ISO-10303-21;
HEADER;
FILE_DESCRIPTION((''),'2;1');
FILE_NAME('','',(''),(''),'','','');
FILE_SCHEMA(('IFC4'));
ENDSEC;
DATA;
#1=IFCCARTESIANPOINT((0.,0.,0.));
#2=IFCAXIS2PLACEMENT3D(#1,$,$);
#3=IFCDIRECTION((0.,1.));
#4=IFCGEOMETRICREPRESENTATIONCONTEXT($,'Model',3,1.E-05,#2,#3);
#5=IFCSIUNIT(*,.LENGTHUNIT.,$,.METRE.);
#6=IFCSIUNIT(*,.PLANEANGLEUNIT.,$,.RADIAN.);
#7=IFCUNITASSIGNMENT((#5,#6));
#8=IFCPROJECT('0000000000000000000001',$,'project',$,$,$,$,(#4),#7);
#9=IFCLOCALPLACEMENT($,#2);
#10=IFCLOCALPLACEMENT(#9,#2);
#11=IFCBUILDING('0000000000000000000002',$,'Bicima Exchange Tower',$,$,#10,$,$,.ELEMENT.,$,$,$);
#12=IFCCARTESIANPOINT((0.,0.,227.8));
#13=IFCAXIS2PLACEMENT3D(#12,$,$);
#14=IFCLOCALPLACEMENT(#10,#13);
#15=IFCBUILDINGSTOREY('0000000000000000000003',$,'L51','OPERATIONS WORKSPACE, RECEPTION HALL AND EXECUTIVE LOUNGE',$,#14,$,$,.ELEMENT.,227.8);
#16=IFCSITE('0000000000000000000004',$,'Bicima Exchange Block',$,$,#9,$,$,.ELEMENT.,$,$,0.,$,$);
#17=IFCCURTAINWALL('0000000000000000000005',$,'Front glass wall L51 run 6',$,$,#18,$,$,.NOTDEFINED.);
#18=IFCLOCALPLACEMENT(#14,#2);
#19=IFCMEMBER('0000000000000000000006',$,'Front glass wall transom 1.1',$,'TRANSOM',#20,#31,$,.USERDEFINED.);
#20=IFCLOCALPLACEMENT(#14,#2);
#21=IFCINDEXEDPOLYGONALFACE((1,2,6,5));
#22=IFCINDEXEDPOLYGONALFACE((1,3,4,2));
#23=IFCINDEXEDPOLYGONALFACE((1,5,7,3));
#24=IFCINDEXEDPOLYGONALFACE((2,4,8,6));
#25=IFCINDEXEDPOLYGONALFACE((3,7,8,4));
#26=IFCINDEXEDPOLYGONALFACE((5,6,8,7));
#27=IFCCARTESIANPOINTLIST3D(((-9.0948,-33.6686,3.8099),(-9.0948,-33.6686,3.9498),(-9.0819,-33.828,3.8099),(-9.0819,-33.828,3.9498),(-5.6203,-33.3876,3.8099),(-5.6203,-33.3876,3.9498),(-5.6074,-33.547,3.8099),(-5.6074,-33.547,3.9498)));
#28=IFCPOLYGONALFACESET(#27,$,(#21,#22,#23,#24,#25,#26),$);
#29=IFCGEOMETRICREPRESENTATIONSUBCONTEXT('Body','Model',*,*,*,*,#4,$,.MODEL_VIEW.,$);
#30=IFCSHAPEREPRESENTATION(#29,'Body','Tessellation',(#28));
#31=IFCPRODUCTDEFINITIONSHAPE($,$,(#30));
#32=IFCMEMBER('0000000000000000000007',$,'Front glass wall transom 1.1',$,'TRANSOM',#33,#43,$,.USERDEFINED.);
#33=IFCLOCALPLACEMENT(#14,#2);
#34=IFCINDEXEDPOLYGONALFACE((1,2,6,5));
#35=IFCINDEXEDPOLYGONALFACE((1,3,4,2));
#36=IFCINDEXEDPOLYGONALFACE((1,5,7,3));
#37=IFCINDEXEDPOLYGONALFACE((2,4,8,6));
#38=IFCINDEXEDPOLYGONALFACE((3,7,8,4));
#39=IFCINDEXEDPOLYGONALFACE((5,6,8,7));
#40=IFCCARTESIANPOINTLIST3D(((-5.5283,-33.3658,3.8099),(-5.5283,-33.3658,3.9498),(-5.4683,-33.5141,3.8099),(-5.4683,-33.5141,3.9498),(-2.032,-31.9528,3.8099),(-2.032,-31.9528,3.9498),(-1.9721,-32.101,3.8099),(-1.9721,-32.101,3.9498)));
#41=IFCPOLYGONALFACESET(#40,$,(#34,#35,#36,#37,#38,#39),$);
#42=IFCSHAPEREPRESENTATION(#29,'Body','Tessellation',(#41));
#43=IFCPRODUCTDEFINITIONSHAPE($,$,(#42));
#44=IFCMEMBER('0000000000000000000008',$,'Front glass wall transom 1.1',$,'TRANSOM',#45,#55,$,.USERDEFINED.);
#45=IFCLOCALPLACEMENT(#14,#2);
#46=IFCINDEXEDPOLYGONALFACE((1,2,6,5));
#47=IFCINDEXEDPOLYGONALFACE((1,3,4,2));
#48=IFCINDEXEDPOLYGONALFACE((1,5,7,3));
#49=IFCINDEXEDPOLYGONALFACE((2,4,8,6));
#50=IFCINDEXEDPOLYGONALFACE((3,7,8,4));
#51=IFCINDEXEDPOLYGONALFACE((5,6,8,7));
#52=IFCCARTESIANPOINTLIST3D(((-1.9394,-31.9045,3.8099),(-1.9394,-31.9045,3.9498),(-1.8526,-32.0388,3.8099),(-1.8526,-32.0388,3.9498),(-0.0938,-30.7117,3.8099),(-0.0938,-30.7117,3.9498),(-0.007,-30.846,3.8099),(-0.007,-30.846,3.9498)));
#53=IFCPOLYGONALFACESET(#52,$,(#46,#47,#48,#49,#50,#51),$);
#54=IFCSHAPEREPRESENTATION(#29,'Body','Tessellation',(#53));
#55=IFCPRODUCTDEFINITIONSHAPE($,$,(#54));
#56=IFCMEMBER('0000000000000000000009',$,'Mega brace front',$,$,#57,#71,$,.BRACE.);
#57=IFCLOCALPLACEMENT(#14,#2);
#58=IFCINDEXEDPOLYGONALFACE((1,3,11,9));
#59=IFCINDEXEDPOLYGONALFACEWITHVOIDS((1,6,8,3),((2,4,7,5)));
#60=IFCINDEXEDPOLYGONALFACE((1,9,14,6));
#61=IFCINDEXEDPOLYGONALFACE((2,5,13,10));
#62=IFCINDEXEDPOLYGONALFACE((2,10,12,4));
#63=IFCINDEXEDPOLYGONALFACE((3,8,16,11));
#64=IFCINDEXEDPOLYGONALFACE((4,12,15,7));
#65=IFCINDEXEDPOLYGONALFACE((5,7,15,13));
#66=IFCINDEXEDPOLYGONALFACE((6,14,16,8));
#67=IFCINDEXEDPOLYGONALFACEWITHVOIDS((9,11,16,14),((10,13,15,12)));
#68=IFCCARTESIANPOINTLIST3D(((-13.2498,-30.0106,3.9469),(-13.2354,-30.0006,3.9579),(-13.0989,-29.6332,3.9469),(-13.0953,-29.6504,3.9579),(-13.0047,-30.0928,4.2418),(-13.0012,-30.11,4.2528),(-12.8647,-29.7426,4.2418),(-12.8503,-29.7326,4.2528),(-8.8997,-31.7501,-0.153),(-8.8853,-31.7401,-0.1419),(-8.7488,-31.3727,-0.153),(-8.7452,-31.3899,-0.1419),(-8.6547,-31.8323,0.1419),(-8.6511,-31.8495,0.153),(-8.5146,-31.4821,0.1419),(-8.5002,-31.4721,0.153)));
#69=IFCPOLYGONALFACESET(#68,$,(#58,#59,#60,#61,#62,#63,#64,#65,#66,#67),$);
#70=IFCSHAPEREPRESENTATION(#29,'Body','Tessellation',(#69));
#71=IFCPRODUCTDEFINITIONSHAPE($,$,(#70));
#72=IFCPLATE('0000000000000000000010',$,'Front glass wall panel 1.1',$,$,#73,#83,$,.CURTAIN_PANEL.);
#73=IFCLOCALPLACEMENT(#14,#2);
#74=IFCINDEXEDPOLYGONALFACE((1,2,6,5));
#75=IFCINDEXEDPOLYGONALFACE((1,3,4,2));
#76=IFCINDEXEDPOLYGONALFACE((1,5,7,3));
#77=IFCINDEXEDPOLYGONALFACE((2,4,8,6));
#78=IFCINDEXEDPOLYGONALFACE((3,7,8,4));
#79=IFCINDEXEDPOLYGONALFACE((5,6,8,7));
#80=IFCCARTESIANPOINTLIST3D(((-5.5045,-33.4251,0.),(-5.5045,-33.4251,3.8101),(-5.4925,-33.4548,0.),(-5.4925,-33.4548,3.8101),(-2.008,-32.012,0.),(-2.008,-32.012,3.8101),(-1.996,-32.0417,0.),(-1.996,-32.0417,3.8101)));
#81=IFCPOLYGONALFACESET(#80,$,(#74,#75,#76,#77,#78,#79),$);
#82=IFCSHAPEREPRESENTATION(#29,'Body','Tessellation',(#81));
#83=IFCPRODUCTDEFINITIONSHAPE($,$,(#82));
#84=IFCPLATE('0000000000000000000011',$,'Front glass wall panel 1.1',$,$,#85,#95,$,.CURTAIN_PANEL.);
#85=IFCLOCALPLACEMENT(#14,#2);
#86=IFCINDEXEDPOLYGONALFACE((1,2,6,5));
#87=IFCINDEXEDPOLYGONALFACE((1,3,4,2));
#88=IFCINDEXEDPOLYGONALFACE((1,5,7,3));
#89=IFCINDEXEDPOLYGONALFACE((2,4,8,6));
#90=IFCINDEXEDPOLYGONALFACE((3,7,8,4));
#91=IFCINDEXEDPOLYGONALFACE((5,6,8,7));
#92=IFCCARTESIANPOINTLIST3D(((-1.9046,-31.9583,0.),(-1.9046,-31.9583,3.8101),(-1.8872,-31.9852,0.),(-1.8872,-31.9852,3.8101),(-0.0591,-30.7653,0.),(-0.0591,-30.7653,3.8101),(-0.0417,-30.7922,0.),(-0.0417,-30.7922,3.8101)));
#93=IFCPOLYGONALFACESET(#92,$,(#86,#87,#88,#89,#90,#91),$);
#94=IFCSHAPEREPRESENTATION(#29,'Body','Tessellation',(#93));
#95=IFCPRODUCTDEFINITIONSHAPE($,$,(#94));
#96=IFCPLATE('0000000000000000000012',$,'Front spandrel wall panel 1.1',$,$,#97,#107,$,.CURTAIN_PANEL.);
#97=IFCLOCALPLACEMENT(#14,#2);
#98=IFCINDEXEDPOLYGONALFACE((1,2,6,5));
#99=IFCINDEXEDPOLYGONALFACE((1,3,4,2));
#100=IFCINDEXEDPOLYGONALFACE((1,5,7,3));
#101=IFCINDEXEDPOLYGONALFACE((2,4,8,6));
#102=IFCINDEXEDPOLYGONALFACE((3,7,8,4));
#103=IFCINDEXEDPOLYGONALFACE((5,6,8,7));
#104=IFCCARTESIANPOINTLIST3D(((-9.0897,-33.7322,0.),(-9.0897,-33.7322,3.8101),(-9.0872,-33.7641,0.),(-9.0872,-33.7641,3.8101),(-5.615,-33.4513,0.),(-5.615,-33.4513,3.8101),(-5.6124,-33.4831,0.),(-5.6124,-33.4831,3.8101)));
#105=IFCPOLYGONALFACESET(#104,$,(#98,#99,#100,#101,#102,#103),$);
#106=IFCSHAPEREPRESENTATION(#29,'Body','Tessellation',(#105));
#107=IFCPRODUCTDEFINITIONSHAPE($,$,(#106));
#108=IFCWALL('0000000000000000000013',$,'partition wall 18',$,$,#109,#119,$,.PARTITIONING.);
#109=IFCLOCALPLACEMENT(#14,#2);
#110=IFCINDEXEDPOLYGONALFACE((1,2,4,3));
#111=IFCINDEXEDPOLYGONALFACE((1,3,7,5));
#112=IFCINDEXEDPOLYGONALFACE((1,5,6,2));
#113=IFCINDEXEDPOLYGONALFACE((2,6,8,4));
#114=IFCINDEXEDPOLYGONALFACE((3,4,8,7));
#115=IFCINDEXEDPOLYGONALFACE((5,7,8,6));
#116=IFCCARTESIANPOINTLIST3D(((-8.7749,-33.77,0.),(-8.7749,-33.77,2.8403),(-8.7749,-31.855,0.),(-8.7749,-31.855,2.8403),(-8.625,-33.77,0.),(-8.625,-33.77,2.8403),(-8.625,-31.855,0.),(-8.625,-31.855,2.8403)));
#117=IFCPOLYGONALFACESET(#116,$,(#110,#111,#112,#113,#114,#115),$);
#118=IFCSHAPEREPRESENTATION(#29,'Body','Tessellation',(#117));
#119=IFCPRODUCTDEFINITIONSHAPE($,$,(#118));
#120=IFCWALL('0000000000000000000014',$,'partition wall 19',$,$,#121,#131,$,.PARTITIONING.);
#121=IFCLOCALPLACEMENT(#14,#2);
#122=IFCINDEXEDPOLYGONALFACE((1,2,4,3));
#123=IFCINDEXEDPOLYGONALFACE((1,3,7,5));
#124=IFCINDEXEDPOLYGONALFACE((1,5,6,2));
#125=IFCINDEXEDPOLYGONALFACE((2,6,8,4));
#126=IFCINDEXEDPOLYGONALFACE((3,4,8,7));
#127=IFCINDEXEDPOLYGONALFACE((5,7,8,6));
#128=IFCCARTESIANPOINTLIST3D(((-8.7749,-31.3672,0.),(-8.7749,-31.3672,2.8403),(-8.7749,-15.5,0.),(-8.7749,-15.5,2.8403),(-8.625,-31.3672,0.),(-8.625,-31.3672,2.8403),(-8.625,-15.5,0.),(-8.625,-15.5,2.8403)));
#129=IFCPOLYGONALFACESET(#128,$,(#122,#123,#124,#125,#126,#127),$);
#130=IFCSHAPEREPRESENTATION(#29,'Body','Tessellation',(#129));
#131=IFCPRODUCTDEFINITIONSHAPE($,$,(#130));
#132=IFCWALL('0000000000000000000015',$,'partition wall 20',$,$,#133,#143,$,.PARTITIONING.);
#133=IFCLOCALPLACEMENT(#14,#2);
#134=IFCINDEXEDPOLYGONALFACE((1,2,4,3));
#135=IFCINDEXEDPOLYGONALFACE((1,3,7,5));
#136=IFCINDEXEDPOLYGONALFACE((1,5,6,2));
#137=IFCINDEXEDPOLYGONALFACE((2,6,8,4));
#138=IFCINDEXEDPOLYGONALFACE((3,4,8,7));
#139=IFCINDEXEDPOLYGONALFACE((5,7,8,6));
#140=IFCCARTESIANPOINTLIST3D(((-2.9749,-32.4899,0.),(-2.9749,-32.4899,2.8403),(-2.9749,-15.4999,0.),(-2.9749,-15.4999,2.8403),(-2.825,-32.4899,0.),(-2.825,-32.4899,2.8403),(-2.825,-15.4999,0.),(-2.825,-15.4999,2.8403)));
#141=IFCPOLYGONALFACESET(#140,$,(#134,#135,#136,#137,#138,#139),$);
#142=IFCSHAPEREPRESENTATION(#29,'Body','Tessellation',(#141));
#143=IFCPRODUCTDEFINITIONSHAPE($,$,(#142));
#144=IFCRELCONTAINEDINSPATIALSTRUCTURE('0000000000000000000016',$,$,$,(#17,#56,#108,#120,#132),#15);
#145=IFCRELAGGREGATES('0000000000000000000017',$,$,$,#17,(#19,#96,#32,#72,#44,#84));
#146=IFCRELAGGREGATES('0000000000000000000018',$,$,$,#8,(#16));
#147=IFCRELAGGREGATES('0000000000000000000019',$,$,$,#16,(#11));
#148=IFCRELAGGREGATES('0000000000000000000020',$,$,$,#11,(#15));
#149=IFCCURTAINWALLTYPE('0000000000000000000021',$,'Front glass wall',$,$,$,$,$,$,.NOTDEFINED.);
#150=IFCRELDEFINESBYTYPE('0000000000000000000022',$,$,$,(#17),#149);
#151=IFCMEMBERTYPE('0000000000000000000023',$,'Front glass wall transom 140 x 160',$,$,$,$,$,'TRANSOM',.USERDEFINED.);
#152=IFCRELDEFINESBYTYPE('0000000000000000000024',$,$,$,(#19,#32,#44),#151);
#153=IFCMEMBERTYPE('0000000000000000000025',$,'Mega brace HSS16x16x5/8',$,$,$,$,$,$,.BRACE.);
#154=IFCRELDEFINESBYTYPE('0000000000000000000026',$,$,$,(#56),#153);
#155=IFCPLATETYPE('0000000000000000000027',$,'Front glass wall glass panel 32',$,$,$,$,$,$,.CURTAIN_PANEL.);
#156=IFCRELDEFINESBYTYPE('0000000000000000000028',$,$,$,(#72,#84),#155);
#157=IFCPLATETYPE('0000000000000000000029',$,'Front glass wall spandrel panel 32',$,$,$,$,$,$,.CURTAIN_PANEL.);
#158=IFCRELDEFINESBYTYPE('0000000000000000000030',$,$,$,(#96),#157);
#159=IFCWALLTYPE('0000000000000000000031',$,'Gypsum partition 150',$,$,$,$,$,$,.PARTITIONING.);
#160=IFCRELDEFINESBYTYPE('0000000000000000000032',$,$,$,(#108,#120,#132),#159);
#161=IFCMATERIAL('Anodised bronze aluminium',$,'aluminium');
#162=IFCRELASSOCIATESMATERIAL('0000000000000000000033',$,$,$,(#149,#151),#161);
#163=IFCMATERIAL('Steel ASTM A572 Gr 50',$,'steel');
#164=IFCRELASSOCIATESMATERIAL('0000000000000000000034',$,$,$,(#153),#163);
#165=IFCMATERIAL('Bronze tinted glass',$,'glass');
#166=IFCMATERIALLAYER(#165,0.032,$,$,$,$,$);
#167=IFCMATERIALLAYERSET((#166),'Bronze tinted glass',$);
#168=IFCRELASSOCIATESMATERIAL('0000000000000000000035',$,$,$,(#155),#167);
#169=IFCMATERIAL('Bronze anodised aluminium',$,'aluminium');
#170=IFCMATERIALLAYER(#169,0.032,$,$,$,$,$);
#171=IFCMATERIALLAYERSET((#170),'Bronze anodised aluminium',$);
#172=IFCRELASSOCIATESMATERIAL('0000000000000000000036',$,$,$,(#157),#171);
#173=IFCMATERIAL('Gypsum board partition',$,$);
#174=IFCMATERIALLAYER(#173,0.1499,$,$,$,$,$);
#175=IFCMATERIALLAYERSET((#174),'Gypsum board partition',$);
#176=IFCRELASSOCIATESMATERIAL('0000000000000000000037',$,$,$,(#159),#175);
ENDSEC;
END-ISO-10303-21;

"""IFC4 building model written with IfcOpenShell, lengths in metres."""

from ifc_helpers import new_model, si_unit, direction, frame, frame_2d, origin, origin_2d, place, context, subcontext, project, spatial, rectangle, hollow_rectangle, extrude, material, layer, layer_set, material_profile, profile_set, type_object, element, aggregate, save


model = new_model("IFC4")

# Units and contexts
model_context = context("Model", 3, precision=1e-05, world=origin(), true_north=direction((0.0, 1.0)))
body_context = subcontext(model_context, "Body", "Model", "MODEL_VIEW")
ifc_project = project(units=[si_unit("LENGTHUNIT", "METRE"), si_unit("PLANEANGLEUNIT", "RADIAN")], contexts=[model_context])

# Site, building, storey
site_placement = place(None, origin())
site = spatial("IfcSite", under=ifc_project, at=site_placement, Name="Bicima Exchange Block", CompositionType="ELEMENT", RefElevation=0.0)
building_placement = place(site_placement, origin())
building = spatial("IfcBuilding", under=site, at=building_placement, Name="Bicima Exchange Tower", CompositionType="ELEMENT")
storey_placement = place(building_placement, frame((0.0, 0.0, 227.8)))
storey = spatial("IfcBuildingStorey", under=building, at=storey_placement, Name="L51", Description="OPERATIONS WORKSPACE, RECEPTION HALL AND EXECUTIVE LOUNGE", CompositionType="ELEMENT", Elevation=227.8)

# Curtain wall, members
ifc_material_1 = material(Name="Anodised bronze aluminium", Category="aluminium")
curtain_wall_type = type_object("IfcCurtainWallType", Name="Front glass wall", PredefinedType="NOTDEFINED", material=ifc_material_1)
curtain_wall_placement = place(storey_placement, origin())
curtain_wall = element("IfcCurtainWall", 1, at=curtain_wall_placement, inside=storey, type_object=curtain_wall_type, Name="Front glass wall L51 run 6", PredefinedType="NOTDEFINED")
ifc_material_profile_1 = material_profile(ifc_material_1, rectangle(XDim=0.1599, YDim=0.1399, at=origin_2d()))
ifc_profile_set_1 = profile_set([ifc_material_profile_1], Name="Anodised bronze aluminium")
member_type_1 = type_object("IfcMemberType", Name="Front glass wall transom 140 x 160", ElementType="TRANSOM", PredefinedType="USERDEFINED", material=ifc_profile_set_1)
member_1_placement = place(storey_placement, frame((-9.0884, -33.7483, 3.8799), z_axis=(0.996746, 0.080611, 0.0), x_axis=(-0.080611, 0.996746, 0.0)))
member_1 = element("IfcMember", 2, at=member_1_placement, type_object=member_type_1, Name="Front glass wall transom 1.1", ObjectType="TRANSOM", PredefinedType="USERDEFINED", context=body_context, shape_type="SweptSolid", body=[
    extrude(rectangle(XDim=0.1599, YDim=0.1399, at=origin_2d()), origin(), (0.0, 0.0, 1.0), 3.4858),
])
member_2_placement = place(storey_placement, frame((-5.4983, -33.4399, 3.8799), z_axis=(0.92714, 0.374715, 0.0), x_axis=(-0.374715, 0.92714, 0.0)))
member_2 = element("IfcMember", 3, at=member_2_placement, type_object=member_type_1, Name="Front glass wall transom 1.1", ObjectType="TRANSOM", PredefinedType="USERDEFINED", context=body_context, shape_type="SweptSolid", body=[
    extrude(rectangle(XDim=0.1599, YDim=0.1399, at=origin_2d()), origin(), (0.0, 0.0, 1.0), 3.771),
])
member_3_placement = place(storey_placement, frame((-1.896, -31.9717, 3.8799), z_axis=(0.839862, 0.5428, 0.0), x_axis=(-0.5428, 0.839862, 0.0)))
member_3 = element("IfcMember", 4, at=member_3_placement, type_object=member_type_1, Name="Front glass wall transom 1.1", ObjectType="TRANSOM", PredefinedType="USERDEFINED", context=body_context, shape_type="SweptSolid", body=[
    extrude(rectangle(XDim=0.1599, YDim=0.1399, at=origin_2d()), origin(), (0.0, 0.0, 1.0), 2.1975),
])

# Member
ifc_material_2 = material(Name="Steel ASTM A572 Gr 50", Category="steel")
ifc_material_profile_2 = material_profile(ifc_material_2, hollow_rectangle(XDim=0.4065, YDim=0.4065, WallThickness=0.0146, at=origin_2d()))
ifc_profile_set_2 = profile_set([ifc_material_profile_2], Name="Steel ASTM A572 Gr 50")
member_type_2 = type_object("IfcMemberType", Name="Mega brace HSS16x16x5/8", PredefinedType="BRACE", material=ifc_profile_set_2)
member_4_placement = place(storey_placement, frame((-8.7, -31.6111, 0.0), z_axis=(-0.698744, 0.279411, 0.658548), x_axis=(-0.371292, -0.928516, 0.0)))
element("IfcMember", 5, at=member_4_placement, inside=storey, type_object=member_type_2, Name="Mega brace front", PredefinedType="BRACE", context=body_context, shape_type="SweptSolid", body=[
    extrude(hollow_rectangle(XDim=0.4065, YDim=0.4065, WallThickness=0.0146, at=origin_2d()), origin(), (0.0, 0.0, 1.0), 6.2256),
])

# Plates
ifc_material_3 = material(Name="Bronze tinted glass", Category="glass")
ifc_layer_1 = layer(ifc_material_3, 0.032)
ifc_layer_set_1 = layer_set([ifc_layer_1], Name="Bronze tinted glass")
plate_type_1 = type_object("IfcPlateType", Name="Front glass wall glass panel 32", PredefinedType="CURTAIN_PANEL", material=ifc_layer_set_1)
plate_1_placement = place(storey_placement, frame((-3.7502, -32.7334, 0.0), z_axis=(0.0, 0.0, 1.0), x_axis=(0.927144, 0.374705, 0.0)))
plate_1 = element("IfcPlate", 6, at=plate_1_placement, type_object=plate_type_1, Name="Front glass wall panel 1.1", PredefinedType="CURTAIN_PANEL", context=body_context, shape_type="SweptSolid", body=[
    extrude(rectangle(XDim=3.7712, YDim=0.032, at=origin_2d()), origin(), (0.0, 0.0, 1.0), 3.8101),
])
plate_2_placement = place(storey_placement, frame((-0.9731, -31.3752, 0.0), z_axis=(0.0, 0.0, 1.0), x_axis=(0.839799, 0.542897, 0.0)))
plate_2 = element("IfcPlate", 7, at=plate_2_placement, type_object=plate_type_1, Name="Front glass wall panel 1.1", PredefinedType="CURTAIN_PANEL", context=body_context, shape_type="SweptSolid", body=[
    extrude(rectangle(XDim=2.1975, YDim=0.032, at=origin_2d()), origin(), (0.0, 0.0, 1.0), 3.8101),
])
ifc_material_4 = material(Name="Bronze anodised aluminium", Category="aluminium")
ifc_layer_2 = layer(ifc_material_4, 0.032)
ifc_layer_set_2 = layer_set([ifc_layer_2], Name="Bronze anodised aluminium")
plate_type_2 = type_object("IfcPlateType", Name="Front glass wall spandrel panel 32", PredefinedType="CURTAIN_PANEL", material=ifc_layer_set_2)
plate_3_placement = place(storey_placement, frame((-7.3511, -33.6077, 0.0), z_axis=(0.0, 0.0, 1.0), x_axis=(0.996747, 0.080589, 0.0)))
plate_3 = element("IfcPlate", 8, at=plate_3_placement, type_object=plate_type_2, Name="Front spandrel wall panel 1.1", PredefinedType="CURTAIN_PANEL", context=body_context, shape_type="SweptSolid", body=[
    extrude(rectangle(XDim=3.4861, YDim=0.032, at=origin_2d()), origin(), (0.0, 0.0, 1.0), 3.8101),
])
aggregate(curtain_wall, [member_1, plate_3, member_2, plate_1, member_3, plate_2])

# Walls
ifc_material_5 = material(Name="Gypsum board partition")
ifc_layer_3 = layer(ifc_material_5, 0.1499)
ifc_layer_set_3 = layer_set([ifc_layer_3], Name="Gypsum board partition")
wall_type = type_object("IfcWallType", Name="Gypsum partition 150", PredefinedType="PARTITIONING", material=ifc_layer_set_3)
wall_1_placement = place(storey_placement, frame((-8.7, -33.77, 0.0), z_axis=(0.0, 0.0, 1.0), x_axis=(0.0, 1.0, 0.0)))
element("IfcWall", 9, at=wall_1_placement, inside=storey, type_object=wall_type, Name="partition wall 18", PredefinedType="PARTITIONING", context=body_context, shape_type="SweptSolid", body=[
    extrude(rectangle(XDim=1.915, YDim=0.1499, at=frame_2d((0.9575, 0.0))), origin(), (0.0, 0.0, 1.0), 2.8403),
])
wall_2_placement = place(storey_placement, frame((-8.7, -31.3672, 0.0), z_axis=(0.0, 0.0, 1.0), x_axis=(0.0, 1.0, 0.0)))
element("IfcWall", 10, at=wall_2_placement, inside=storey, type_object=wall_type, Name="partition wall 19", PredefinedType="PARTITIONING", context=body_context, shape_type="SweptSolid", body=[
    extrude(rectangle(XDim=15.8672, YDim=0.1499, at=frame_2d((7.9336, 0.0))), origin(), (0.0, 0.0, 1.0), 2.8403),
])
wall_3_placement = place(storey_placement, frame((-2.8999, -32.49, 0.0), z_axis=(0.0, 0.0, 1.0), x_axis=(0.0, 1.0, 0.0)))
element("IfcWall", 11, at=wall_3_placement, inside=storey, type_object=wall_type, Name="partition wall 20", PredefinedType="PARTITIONING", context=body_context, shape_type="SweptSolid", body=[
    extrude(rectangle(XDim=16.99, YDim=0.1499, at=frame_2d((8.4951, 0.0))), origin(), (0.0, 0.0, 1.0), 2.8403),
])

save(model, "model.ifc")
